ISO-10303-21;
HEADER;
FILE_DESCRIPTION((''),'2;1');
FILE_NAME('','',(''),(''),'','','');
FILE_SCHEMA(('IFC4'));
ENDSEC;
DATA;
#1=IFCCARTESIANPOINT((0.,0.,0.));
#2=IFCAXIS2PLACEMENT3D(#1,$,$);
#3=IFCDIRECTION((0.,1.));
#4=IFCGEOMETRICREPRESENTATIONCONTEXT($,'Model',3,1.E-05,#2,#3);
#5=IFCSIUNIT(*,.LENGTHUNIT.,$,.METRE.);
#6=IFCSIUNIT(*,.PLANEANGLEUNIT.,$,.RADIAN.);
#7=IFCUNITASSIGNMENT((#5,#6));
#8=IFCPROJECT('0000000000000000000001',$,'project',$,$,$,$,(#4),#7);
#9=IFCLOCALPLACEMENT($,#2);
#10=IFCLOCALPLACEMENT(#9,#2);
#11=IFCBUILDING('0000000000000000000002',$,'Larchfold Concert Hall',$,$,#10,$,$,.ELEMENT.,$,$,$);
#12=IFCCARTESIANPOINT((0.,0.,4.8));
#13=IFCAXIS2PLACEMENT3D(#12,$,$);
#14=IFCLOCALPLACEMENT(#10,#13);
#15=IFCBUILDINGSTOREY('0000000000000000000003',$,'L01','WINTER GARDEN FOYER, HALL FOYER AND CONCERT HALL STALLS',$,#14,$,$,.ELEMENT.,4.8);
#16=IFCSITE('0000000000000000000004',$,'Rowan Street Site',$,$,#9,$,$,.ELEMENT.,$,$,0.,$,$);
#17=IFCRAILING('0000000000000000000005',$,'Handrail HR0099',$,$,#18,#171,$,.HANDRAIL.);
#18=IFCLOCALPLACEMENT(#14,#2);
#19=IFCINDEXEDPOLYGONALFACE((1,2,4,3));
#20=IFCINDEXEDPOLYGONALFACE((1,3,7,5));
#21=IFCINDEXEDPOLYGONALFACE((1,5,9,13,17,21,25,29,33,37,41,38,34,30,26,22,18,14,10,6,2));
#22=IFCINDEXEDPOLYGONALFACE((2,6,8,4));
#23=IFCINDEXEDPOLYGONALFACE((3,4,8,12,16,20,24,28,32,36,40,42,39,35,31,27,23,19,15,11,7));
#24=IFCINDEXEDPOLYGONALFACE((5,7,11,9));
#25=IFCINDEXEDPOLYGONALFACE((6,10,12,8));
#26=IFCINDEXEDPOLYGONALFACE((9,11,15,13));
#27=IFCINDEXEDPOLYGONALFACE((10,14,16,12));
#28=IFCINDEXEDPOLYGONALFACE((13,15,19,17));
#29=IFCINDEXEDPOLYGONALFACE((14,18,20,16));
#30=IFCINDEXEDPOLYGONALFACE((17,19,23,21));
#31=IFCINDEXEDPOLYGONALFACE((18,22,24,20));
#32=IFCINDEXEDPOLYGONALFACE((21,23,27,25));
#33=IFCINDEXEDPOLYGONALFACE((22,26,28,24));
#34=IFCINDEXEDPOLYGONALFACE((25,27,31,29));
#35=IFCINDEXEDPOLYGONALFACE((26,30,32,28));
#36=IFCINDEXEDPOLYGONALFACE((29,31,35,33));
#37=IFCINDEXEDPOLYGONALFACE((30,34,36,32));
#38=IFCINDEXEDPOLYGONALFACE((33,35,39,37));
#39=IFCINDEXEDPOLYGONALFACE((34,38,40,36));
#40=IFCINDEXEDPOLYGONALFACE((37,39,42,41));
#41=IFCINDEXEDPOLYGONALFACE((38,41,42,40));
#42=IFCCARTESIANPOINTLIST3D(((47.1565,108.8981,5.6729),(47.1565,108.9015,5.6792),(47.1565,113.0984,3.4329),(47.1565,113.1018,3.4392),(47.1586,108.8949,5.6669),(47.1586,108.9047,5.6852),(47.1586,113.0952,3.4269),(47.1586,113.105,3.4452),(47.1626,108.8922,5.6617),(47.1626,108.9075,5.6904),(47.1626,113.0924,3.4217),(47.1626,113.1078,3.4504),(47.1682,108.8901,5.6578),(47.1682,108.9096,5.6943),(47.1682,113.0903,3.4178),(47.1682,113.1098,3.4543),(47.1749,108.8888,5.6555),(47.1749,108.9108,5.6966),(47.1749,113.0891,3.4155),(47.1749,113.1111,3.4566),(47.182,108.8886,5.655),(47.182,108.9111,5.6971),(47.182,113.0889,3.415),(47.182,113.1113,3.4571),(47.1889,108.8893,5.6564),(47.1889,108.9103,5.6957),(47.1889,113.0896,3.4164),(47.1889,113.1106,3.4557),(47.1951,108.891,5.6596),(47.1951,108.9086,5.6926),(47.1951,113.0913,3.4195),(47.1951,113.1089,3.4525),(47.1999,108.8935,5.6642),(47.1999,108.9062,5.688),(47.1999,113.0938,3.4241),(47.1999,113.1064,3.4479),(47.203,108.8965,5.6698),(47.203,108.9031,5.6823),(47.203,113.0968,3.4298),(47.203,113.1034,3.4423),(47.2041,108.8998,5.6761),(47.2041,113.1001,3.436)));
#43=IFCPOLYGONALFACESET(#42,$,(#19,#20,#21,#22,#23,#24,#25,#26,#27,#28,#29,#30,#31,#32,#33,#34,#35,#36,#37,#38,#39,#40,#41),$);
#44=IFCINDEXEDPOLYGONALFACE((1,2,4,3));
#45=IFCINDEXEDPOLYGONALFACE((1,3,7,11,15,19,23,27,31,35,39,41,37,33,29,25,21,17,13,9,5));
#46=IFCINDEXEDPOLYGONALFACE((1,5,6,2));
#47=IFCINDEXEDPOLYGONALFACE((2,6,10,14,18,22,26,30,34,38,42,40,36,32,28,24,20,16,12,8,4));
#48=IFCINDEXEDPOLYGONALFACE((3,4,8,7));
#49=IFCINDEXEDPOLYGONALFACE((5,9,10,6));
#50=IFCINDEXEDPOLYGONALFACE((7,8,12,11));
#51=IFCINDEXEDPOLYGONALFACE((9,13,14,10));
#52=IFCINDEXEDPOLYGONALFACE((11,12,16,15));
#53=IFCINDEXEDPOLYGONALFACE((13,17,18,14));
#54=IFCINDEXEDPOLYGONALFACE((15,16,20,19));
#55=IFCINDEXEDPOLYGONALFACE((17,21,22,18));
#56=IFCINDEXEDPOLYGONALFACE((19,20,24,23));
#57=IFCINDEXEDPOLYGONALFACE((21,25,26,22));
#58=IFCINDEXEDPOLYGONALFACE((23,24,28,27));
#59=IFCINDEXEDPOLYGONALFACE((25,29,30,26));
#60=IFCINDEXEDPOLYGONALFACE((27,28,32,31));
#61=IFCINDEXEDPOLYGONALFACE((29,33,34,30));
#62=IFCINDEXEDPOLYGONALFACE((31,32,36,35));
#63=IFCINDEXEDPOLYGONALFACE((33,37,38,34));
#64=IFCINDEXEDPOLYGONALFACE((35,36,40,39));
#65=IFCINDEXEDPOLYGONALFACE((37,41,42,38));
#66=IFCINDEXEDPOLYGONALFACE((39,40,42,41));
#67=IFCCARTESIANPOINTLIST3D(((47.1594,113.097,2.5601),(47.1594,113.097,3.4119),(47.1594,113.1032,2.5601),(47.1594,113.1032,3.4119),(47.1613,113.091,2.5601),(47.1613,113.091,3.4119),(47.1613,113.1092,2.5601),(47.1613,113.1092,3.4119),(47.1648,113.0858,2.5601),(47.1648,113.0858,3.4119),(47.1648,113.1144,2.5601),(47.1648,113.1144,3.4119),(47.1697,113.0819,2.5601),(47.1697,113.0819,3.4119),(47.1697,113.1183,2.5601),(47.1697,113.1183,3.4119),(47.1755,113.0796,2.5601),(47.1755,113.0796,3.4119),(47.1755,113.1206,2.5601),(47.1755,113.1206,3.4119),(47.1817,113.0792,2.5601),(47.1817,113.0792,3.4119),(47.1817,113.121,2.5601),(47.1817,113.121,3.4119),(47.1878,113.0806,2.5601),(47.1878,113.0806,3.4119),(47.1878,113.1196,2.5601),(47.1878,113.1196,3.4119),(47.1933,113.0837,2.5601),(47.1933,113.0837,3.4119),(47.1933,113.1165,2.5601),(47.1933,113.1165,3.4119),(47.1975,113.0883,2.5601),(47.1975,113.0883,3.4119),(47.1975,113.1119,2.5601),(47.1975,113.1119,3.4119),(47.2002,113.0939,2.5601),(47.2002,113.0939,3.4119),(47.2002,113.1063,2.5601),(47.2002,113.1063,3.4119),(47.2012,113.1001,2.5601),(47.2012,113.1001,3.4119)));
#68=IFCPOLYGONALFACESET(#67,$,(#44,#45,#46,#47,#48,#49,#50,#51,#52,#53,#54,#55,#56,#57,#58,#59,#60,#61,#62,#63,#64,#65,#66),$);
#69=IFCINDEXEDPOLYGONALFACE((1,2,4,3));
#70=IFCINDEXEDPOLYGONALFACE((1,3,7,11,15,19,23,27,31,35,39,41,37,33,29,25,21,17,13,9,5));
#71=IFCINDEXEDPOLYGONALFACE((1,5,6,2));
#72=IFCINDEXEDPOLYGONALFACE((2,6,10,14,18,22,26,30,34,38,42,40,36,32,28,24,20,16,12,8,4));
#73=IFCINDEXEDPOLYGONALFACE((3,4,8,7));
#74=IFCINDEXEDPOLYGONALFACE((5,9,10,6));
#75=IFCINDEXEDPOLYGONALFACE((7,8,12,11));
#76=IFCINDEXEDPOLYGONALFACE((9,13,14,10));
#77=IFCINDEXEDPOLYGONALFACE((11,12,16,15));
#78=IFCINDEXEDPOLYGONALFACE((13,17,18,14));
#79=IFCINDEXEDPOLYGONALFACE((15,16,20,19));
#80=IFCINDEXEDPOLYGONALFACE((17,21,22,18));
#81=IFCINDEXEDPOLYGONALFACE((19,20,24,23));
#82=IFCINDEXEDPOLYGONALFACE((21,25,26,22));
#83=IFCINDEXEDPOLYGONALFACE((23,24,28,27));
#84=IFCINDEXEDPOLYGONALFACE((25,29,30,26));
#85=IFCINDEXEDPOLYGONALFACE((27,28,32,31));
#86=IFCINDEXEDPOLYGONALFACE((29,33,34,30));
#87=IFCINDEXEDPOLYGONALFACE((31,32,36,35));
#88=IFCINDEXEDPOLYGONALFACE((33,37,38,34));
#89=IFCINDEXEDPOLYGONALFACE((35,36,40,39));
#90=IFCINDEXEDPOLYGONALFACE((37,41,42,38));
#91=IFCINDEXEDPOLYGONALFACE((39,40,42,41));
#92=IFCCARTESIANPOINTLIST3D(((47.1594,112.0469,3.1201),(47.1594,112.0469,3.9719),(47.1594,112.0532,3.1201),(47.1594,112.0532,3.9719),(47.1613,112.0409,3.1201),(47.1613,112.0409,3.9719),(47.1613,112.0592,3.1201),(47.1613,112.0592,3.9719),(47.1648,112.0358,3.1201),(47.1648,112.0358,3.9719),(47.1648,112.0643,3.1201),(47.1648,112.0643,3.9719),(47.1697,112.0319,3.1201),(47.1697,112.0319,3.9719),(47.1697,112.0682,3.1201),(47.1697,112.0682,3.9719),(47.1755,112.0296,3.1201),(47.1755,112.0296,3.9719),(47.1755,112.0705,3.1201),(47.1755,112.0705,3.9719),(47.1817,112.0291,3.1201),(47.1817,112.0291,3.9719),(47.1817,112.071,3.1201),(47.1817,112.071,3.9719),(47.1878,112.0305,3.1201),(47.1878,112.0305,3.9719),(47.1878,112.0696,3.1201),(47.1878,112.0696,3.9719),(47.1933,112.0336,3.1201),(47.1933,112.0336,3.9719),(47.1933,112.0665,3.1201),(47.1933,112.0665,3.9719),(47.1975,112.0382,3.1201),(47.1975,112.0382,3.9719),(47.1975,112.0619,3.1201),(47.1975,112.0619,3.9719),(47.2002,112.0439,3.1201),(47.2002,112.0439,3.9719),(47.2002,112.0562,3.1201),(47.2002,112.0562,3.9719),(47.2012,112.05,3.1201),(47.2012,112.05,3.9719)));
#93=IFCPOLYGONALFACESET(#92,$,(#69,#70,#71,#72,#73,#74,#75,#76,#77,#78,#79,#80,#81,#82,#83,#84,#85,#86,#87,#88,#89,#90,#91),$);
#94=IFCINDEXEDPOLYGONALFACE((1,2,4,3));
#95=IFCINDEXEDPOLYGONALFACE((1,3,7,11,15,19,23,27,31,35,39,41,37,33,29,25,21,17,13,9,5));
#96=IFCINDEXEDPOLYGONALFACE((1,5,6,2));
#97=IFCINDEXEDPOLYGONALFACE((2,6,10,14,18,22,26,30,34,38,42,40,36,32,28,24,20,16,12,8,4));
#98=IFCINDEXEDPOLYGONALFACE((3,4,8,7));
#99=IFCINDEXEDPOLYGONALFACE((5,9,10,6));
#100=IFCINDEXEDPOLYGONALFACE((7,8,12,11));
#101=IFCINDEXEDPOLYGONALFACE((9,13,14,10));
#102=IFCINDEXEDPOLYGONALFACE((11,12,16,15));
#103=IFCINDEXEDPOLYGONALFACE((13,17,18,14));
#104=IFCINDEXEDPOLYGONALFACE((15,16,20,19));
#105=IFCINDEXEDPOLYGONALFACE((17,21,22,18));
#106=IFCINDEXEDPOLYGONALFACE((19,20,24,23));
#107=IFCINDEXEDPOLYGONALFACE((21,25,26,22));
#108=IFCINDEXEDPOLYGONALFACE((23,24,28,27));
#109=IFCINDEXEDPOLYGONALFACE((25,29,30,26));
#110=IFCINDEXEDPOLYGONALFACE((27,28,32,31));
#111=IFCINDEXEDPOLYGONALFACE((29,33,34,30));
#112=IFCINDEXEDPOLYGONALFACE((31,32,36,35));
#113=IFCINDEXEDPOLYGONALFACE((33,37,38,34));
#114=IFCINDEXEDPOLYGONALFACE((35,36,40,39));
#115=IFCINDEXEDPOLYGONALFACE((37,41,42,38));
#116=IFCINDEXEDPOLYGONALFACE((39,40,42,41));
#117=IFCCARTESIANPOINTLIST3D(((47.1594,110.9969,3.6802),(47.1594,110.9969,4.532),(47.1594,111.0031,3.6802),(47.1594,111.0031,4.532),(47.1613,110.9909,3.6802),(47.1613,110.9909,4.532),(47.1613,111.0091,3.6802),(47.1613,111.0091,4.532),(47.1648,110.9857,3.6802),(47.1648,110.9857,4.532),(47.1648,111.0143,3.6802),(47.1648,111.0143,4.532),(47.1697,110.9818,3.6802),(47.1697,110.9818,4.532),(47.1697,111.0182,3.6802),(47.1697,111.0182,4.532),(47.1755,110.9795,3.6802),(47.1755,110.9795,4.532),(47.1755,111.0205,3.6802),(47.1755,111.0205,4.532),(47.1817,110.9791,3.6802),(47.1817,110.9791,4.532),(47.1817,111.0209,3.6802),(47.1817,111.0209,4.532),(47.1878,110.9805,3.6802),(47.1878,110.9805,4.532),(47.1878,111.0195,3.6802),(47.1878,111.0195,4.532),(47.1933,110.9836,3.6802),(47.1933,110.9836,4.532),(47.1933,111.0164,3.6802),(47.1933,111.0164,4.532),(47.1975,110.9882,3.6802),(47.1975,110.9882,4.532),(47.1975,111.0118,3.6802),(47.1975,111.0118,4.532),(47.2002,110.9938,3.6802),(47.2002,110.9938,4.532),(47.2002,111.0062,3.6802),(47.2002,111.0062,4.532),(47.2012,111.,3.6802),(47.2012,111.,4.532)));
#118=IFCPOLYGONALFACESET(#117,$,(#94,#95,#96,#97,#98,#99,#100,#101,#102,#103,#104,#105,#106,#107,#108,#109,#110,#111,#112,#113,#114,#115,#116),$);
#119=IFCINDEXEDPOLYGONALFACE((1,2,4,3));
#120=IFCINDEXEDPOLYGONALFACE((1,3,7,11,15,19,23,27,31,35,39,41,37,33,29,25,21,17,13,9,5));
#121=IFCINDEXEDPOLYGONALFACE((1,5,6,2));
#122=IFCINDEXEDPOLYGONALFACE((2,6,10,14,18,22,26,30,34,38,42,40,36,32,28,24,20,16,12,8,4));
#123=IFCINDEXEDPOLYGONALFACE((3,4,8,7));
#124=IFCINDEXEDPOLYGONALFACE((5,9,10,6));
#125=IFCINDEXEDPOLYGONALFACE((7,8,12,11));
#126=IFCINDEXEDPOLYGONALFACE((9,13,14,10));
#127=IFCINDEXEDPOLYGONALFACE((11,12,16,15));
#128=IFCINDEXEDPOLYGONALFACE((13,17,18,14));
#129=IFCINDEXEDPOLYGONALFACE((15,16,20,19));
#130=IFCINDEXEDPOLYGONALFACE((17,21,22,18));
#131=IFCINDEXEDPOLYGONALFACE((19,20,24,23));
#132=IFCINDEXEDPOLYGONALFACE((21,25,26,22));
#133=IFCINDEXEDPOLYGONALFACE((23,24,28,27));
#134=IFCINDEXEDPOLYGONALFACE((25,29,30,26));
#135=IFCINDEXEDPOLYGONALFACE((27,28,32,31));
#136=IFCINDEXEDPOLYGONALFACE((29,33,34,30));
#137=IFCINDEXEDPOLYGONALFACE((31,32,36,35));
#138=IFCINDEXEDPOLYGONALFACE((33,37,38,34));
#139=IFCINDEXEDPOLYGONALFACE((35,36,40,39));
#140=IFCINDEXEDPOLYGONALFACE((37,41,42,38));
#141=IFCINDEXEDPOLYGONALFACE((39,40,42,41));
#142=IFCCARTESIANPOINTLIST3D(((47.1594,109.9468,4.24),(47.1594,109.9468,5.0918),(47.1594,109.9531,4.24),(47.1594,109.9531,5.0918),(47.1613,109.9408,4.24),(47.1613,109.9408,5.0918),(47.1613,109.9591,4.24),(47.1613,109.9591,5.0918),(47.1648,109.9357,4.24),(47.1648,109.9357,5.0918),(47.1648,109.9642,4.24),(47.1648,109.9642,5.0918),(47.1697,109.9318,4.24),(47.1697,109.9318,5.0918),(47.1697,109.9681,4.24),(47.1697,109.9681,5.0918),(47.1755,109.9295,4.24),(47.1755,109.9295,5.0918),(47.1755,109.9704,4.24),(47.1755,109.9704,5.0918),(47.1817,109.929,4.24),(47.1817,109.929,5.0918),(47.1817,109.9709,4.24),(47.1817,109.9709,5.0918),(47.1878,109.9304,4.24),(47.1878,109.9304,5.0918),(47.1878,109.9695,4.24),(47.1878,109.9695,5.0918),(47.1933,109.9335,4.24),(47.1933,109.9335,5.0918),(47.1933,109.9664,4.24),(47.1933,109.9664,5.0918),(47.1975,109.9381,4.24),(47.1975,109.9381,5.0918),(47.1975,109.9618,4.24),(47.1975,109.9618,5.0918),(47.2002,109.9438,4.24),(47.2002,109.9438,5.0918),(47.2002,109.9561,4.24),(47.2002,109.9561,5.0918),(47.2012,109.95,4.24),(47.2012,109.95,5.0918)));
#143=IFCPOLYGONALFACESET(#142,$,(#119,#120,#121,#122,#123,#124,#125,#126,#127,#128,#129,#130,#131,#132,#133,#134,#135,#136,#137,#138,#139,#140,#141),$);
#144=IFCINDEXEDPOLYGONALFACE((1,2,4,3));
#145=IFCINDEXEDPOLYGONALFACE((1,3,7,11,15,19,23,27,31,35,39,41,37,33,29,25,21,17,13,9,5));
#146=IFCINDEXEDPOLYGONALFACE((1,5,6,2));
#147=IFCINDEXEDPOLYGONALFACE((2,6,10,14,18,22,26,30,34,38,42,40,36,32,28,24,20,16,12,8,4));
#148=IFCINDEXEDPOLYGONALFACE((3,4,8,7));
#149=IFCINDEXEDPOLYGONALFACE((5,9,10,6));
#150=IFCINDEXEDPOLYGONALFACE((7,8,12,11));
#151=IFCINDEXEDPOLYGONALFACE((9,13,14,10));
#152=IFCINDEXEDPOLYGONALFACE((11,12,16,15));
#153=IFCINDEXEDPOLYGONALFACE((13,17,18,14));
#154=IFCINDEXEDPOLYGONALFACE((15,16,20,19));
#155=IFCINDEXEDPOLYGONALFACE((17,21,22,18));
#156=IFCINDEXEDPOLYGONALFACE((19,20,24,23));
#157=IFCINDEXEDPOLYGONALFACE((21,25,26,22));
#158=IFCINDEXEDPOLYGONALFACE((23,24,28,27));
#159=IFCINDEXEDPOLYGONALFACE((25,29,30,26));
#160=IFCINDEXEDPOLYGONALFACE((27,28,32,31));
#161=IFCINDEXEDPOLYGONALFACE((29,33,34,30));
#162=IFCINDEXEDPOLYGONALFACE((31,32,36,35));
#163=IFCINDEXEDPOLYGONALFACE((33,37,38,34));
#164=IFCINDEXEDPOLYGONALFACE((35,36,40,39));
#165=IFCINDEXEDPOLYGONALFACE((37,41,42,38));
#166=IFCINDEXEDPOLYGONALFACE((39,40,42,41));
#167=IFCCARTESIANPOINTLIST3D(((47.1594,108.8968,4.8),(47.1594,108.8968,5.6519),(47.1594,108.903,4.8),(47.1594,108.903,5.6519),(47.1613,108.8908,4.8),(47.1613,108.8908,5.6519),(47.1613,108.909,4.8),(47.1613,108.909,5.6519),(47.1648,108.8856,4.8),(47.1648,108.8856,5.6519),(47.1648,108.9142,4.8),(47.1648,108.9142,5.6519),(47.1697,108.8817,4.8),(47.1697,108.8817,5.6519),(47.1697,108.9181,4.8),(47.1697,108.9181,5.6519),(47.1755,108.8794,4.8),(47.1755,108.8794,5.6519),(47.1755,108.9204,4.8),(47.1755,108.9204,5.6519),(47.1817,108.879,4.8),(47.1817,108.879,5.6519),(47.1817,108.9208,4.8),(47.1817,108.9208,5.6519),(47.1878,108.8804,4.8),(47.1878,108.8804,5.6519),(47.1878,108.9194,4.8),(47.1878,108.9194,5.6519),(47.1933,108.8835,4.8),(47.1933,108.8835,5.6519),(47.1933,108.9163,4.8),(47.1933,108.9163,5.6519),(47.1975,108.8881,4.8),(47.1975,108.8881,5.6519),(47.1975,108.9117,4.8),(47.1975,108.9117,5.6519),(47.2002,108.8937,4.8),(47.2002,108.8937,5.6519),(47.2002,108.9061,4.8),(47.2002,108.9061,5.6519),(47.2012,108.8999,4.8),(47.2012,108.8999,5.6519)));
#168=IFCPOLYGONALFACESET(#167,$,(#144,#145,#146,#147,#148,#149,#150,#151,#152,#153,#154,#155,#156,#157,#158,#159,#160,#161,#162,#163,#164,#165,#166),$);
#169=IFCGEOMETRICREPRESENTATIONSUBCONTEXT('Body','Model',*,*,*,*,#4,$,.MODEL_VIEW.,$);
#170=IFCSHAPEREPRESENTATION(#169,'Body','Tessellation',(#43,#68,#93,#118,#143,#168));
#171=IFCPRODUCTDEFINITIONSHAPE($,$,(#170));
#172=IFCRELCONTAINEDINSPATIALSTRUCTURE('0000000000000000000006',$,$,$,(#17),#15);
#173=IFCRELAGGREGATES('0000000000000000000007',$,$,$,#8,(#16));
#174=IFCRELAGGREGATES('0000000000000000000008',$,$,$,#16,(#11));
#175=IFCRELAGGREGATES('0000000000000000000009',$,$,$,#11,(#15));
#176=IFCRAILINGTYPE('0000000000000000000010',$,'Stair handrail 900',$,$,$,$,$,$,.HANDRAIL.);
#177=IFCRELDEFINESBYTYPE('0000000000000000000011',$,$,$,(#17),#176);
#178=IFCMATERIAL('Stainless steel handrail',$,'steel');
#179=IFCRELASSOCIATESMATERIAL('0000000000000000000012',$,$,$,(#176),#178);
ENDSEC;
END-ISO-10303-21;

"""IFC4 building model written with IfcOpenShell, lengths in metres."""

from ifc_helpers import new_model, si_unit, direction, frame, origin, origin_2d, place, context, subcontext, project, spatial, circle, extrude, material, type_object, element, save


model = new_model("IFC4")

# Units and contexts
model_context = context("Model", 3, precision=1e-05, world=origin(), true_north=direction((0.0, 1.0)))
body_context = subcontext(model_context, "Body", "Model", "MODEL_VIEW")
ifc_project = project(units=[si_unit("LENGTHUNIT", "METRE"), si_unit("PLANEANGLEUNIT", "RADIAN")], contexts=[model_context])

# Site, building, storey
site_placement = place(None, origin())
site = spatial("IfcSite", under=ifc_project, at=site_placement, Name="Rowan Street Site", CompositionType="ELEMENT", RefElevation=0.0)
building_placement = place(site_placement, origin())
building = spatial("IfcBuilding", under=site, at=building_placement, Name="Larchfold Concert Hall", CompositionType="ELEMENT")
storey_placement = place(building_placement, frame((0.0, 0.0, 4.8)))
storey = spatial("IfcBuildingStorey", under=building, at=storey_placement, Name="L01", Description="WINTER GARDEN FOYER, HALL FOYER AND CONCERT HALL STALLS", CompositionType="ELEMENT", Elevation=4.8)

# Railing
ifc_material_1 = material(Name="Stainless steel handrail", Category="steel")
railing_type_1 = type_object("IfcRailingType", Name="Stair handrail 900", PredefinedType="HANDRAIL", material=ifc_material_1)
railing_1_placement = place(storey_placement, frame((47.1802, 113.1001, 2.5601)))
element("IfcRailing", 1, at=railing_1_placement, inside=storey, type_object=railing_type_1, Name="Handrail HR0099", PredefinedType="HANDRAIL", context=body_context, shape_type="SweptSolid", body=[
    extrude(circle(Radius=0.0239, at=origin_2d()), frame((0.0, 0.0, 0.876), z_axis=(0.0, -0.882363, 0.47057), x_axis=(1.0, 0.0, 0.0)), (0.0, 0.0, 1.0), 4.7603),
    extrude(circle(Radius=0.021, at=origin_2d()), origin(), (0.0, 0.0, 1.0), 0.8518),
    extrude(circle(Radius=0.021, at=origin_2d()), frame((0.0, -1.05, 0.5601)), (0.0, 0.0, 1.0), 0.8518),
    extrude(circle(Radius=0.021, at=origin_2d()), frame((0.0, -2.1001, 1.1201)), (0.0, 0.0, 1.0), 0.8518),
    extrude(circle(Radius=0.021, at=origin_2d()), frame((0.0, -3.1501, 1.6799)), (0.0, 0.0, 1.0), 0.8518),
    extrude(circle(Radius=0.021, at=origin_2d()), frame((0.0, -4.2002, 2.24)), (0.0, 0.0, 1.0), 0.8518),
])

save(model, "model.ifc")
